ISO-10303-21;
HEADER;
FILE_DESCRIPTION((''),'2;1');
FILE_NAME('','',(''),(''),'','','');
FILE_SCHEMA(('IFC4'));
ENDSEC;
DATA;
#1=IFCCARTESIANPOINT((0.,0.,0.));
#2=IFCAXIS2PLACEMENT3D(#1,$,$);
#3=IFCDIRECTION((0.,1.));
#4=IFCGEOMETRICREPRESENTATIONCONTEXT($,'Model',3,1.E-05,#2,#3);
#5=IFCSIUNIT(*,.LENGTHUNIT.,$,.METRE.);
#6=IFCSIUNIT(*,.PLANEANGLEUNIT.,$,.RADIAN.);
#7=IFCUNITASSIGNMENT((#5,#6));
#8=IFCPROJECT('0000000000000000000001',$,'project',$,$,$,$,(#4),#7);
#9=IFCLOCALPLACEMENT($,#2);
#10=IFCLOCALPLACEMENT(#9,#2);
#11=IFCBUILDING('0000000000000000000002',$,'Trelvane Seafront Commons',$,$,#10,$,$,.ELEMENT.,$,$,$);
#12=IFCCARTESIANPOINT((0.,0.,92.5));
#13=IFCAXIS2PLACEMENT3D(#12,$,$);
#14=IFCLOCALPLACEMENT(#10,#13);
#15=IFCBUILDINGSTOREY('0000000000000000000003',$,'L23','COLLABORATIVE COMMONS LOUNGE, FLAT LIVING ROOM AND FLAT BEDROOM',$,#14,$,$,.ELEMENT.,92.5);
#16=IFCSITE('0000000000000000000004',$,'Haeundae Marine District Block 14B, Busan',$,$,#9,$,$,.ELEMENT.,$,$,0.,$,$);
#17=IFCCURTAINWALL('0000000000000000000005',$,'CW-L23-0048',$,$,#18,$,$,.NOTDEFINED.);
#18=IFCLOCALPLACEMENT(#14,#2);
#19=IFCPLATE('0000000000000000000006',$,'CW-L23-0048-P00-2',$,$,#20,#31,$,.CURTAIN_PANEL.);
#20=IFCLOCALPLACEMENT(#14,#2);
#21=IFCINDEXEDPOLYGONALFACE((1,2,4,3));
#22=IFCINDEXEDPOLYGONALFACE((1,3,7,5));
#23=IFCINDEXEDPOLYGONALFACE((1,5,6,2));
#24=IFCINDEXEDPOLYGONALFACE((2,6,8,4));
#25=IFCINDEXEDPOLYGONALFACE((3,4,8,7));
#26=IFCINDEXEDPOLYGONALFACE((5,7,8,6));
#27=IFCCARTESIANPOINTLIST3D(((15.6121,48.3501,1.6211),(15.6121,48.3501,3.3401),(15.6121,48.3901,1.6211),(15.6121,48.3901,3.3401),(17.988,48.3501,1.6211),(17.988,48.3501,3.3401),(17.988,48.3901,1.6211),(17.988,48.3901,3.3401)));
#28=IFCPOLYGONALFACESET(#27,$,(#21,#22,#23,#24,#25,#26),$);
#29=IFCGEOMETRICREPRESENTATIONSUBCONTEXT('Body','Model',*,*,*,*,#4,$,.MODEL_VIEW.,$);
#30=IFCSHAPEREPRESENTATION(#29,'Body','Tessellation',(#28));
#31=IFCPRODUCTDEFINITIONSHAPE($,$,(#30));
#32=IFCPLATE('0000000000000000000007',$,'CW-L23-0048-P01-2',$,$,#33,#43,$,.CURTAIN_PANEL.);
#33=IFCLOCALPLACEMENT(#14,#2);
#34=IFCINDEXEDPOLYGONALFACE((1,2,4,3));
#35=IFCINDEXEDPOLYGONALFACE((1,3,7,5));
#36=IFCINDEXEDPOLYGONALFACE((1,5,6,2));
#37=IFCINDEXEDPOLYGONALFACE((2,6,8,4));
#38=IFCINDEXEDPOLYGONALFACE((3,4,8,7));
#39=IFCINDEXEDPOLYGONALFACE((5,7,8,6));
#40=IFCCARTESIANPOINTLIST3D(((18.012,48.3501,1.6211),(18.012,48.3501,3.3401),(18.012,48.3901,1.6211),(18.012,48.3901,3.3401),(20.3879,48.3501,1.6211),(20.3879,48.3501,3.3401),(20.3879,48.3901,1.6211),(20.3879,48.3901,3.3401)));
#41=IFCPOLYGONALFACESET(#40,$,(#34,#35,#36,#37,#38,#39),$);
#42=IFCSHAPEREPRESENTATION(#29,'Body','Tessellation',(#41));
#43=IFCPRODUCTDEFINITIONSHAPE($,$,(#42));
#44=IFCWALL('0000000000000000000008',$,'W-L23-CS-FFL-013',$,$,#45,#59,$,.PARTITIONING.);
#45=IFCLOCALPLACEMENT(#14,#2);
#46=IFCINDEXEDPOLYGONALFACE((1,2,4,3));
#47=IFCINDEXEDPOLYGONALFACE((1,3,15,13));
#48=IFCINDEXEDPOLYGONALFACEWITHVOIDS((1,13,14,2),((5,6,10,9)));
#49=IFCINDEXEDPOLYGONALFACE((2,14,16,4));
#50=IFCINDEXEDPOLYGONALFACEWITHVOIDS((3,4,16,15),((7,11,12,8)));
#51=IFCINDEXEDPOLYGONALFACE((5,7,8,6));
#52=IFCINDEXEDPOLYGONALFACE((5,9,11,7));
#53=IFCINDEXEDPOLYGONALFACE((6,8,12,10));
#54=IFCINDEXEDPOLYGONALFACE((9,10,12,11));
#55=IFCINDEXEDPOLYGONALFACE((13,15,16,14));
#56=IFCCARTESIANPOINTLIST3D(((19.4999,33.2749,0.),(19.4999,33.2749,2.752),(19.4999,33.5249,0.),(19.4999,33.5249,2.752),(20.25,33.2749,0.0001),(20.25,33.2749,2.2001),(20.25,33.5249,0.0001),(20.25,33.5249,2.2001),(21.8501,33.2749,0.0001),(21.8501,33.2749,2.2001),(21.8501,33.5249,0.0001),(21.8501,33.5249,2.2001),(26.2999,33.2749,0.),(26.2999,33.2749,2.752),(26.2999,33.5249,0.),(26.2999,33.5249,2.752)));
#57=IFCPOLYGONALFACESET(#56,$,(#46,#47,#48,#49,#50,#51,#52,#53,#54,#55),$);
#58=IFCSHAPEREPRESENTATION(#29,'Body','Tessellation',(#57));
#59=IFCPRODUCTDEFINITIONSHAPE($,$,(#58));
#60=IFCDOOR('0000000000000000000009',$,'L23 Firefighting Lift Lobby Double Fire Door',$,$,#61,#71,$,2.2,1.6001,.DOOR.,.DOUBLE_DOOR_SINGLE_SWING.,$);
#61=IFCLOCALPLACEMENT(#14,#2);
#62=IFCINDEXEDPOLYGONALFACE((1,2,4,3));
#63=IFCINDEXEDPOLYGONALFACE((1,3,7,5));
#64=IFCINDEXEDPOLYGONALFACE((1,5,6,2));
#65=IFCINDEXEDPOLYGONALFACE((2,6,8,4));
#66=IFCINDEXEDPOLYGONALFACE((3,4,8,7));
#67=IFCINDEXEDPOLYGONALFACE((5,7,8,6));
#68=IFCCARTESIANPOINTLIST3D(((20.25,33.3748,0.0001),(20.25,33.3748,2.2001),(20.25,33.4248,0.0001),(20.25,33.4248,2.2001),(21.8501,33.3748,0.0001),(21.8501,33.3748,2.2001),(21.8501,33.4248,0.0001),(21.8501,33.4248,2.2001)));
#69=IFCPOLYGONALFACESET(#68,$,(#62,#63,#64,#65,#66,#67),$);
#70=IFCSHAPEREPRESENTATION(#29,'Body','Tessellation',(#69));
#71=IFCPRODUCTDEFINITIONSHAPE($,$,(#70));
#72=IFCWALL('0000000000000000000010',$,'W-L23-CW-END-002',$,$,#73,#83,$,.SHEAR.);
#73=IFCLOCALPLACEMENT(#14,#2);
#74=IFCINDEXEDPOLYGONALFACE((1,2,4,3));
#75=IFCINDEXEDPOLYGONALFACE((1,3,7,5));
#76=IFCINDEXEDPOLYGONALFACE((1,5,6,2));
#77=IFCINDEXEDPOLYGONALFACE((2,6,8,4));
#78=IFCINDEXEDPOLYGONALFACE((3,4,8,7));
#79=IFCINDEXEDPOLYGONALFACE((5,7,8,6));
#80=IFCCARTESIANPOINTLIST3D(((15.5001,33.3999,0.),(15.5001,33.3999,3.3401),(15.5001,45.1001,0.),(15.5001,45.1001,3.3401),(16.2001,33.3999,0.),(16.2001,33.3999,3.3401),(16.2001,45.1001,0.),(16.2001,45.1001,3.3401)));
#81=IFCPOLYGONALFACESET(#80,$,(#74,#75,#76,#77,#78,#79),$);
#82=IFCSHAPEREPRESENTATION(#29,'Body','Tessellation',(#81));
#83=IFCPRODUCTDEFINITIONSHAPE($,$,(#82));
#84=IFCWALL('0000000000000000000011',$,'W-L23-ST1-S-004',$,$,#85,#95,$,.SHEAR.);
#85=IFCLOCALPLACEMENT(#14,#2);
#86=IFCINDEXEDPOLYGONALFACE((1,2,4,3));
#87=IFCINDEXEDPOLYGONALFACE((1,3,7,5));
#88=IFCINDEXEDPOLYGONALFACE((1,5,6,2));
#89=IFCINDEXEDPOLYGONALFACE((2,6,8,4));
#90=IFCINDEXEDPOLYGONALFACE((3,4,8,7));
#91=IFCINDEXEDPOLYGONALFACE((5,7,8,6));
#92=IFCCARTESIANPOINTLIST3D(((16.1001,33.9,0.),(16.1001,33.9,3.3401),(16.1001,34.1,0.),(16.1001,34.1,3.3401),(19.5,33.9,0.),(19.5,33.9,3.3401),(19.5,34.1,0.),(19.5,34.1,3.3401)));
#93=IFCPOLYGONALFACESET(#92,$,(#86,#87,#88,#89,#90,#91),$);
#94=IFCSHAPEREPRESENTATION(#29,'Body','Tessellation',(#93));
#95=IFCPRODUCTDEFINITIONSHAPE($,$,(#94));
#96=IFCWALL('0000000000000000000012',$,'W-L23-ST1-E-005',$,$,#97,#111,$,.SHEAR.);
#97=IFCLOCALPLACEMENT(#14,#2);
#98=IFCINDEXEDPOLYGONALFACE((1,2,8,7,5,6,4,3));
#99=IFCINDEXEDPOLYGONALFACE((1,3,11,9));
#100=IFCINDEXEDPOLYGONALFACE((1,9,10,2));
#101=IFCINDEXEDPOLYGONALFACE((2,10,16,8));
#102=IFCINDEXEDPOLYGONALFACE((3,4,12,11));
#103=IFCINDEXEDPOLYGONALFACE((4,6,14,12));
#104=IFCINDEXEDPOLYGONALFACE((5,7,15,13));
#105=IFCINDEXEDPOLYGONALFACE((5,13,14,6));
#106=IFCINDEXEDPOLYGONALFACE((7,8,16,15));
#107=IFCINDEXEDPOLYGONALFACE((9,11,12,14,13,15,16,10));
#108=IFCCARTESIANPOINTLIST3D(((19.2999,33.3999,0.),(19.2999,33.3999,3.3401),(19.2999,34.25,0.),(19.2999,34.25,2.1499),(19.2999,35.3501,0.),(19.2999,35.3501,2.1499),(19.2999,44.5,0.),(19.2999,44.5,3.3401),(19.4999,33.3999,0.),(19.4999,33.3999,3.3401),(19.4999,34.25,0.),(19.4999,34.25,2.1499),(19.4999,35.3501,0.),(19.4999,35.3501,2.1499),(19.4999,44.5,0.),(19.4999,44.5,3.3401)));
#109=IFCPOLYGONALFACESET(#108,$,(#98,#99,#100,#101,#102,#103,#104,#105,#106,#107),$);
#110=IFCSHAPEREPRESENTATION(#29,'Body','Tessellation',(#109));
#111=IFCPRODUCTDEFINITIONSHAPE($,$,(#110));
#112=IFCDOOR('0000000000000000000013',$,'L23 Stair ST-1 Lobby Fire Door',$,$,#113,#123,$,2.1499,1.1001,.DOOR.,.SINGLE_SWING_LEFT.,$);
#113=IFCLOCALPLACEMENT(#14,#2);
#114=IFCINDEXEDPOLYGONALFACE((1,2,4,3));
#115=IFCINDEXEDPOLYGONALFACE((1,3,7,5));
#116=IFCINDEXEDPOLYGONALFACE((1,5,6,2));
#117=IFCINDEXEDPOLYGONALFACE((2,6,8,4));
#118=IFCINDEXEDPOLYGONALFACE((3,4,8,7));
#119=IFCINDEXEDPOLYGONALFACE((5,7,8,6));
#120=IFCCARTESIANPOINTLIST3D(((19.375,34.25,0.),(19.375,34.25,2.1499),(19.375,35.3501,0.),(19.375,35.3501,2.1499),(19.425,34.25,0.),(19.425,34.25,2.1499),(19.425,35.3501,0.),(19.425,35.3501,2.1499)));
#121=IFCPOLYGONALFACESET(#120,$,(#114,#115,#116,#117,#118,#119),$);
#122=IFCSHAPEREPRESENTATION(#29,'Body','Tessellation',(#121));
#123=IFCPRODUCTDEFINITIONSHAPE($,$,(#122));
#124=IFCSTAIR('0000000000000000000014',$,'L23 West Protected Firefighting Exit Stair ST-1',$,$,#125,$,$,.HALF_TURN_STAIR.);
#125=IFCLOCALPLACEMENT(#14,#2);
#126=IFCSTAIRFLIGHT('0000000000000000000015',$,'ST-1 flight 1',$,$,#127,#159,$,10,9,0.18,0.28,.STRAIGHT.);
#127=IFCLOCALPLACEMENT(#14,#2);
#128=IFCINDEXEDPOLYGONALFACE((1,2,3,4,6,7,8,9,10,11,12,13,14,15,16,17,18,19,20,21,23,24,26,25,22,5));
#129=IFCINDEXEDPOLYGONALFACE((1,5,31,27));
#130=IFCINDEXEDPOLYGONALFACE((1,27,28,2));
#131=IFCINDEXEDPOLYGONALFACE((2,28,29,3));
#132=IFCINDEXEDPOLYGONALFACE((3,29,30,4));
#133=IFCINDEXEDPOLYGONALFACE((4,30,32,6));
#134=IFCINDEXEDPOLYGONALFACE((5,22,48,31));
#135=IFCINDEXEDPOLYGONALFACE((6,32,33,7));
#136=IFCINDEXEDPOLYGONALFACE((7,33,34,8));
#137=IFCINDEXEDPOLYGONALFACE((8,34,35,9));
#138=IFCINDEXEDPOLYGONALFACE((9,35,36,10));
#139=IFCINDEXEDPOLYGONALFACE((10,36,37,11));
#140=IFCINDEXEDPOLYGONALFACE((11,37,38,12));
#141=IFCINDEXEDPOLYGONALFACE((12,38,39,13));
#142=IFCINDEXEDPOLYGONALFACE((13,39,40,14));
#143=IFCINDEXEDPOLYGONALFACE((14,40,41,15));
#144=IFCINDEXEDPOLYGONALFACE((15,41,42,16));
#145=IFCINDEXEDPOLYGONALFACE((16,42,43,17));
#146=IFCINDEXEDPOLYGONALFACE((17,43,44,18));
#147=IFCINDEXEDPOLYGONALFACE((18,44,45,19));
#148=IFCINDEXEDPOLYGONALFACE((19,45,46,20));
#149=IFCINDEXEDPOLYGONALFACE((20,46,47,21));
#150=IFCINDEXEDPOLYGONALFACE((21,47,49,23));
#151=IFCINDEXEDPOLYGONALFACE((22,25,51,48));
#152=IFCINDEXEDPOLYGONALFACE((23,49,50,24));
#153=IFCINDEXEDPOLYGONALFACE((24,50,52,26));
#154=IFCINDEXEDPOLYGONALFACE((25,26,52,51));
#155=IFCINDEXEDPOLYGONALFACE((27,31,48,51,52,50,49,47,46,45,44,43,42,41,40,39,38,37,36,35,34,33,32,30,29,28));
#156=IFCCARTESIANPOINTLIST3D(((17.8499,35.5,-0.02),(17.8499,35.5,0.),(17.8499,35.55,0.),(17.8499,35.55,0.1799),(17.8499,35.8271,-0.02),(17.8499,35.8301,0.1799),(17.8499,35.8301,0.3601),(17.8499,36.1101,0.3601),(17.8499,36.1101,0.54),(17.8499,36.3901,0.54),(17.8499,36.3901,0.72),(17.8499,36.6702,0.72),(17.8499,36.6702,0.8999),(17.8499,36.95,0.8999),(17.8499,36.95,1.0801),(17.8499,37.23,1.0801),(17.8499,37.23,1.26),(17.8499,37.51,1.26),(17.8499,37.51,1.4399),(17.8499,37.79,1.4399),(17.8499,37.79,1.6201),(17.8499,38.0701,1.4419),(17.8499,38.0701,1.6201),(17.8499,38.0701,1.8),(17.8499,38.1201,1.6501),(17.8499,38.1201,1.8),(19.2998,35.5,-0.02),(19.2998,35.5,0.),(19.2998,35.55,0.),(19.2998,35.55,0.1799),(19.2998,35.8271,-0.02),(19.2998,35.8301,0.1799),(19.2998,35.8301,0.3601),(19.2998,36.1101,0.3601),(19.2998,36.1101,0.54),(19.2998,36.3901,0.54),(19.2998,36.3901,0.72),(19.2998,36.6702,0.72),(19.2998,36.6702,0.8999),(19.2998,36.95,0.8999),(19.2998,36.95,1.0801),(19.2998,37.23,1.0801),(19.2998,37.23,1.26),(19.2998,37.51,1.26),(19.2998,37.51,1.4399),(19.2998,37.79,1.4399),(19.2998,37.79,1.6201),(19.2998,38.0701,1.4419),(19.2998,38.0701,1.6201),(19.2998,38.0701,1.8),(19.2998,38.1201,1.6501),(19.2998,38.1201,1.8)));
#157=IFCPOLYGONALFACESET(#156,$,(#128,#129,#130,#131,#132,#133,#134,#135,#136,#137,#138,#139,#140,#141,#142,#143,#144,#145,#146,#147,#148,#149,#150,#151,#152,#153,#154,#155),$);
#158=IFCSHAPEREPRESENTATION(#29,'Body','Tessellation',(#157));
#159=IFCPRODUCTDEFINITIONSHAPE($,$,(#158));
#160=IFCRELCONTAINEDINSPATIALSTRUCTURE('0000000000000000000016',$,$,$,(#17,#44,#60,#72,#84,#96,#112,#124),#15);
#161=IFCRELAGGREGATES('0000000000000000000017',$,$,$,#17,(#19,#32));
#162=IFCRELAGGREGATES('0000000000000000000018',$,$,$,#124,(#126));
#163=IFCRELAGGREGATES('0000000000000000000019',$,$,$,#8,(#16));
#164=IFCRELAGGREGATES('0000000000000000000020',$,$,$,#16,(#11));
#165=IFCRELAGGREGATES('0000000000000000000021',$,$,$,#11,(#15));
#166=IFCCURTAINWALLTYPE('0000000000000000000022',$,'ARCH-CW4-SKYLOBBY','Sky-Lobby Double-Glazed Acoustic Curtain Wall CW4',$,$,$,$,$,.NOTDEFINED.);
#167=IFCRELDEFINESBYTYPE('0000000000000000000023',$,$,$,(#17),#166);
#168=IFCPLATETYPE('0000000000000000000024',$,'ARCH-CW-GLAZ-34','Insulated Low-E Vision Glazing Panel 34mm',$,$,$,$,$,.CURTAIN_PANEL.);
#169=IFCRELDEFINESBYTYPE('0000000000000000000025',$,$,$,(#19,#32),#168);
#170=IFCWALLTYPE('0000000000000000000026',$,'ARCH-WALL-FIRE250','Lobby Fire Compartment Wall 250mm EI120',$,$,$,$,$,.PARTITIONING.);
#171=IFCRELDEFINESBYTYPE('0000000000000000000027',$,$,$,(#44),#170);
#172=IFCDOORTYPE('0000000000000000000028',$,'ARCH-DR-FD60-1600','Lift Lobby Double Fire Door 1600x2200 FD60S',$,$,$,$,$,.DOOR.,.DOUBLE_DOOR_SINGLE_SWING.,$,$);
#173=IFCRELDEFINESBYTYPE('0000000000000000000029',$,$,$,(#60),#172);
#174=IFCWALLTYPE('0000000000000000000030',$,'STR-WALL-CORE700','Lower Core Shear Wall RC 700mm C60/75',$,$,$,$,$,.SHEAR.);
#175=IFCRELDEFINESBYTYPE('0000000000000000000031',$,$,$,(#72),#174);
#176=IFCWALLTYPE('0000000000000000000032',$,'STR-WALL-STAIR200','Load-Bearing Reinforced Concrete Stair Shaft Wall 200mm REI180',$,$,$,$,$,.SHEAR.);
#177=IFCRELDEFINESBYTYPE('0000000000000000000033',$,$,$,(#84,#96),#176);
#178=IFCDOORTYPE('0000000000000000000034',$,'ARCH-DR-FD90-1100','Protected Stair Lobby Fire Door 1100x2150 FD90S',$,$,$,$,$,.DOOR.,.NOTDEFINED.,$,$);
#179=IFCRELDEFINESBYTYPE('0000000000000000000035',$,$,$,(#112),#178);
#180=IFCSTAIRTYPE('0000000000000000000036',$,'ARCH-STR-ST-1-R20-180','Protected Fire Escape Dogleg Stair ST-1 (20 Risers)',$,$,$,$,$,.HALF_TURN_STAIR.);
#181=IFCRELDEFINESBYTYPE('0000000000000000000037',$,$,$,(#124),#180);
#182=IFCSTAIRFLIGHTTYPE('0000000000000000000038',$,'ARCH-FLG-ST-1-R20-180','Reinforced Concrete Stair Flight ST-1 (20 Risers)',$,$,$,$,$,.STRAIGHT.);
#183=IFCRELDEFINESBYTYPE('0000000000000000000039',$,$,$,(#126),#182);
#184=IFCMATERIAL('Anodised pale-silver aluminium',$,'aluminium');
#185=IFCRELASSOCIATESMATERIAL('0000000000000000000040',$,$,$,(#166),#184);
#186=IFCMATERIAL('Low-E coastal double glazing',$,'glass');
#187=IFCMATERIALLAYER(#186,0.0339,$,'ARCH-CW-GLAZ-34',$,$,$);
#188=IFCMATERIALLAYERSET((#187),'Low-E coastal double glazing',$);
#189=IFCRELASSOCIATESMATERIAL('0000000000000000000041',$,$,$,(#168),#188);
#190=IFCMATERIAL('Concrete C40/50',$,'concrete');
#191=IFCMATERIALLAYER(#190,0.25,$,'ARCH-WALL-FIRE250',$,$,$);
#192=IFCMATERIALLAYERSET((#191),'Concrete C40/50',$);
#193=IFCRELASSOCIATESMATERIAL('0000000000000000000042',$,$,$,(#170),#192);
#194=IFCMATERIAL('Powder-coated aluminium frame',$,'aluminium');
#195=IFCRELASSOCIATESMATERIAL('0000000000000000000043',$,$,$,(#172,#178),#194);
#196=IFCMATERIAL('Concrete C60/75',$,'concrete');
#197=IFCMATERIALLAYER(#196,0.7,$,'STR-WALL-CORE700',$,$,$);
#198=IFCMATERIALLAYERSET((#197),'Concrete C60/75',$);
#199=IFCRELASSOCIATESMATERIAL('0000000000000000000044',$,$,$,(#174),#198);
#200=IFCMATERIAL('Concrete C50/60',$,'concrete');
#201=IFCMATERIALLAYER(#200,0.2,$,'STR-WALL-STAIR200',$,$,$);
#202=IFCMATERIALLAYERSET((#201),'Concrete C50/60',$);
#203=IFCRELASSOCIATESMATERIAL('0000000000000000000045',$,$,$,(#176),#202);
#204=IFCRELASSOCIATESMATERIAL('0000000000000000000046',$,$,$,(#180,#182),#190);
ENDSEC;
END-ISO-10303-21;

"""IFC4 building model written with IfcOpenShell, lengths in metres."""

from ifc_helpers import new_model, si_unit, direction, frame, frame_2d, origin, origin_2d, place, context, subcontext, project, spatial, polyline, rectangle, outline, extrude, source, transform, mapped, material, layer, layer_set, type_object, element, fill, aggregate, save


model = new_model("IFC4")

# Units and contexts
model_context = context("Model", 3, precision=1e-05, world=origin(), true_north=direction((0.0, 1.0)))
body_context = subcontext(model_context, "Body", "Model", "MODEL_VIEW")
ifc_project = project(units=[si_unit("LENGTHUNIT", "METRE"), si_unit("PLANEANGLEUNIT", "RADIAN")], contexts=[model_context])

# Site, building, storey
site_placement = place(None, origin())
site = spatial("IfcSite", under=ifc_project, at=site_placement, Name="Haeundae Marine District Block 14B, Busan", CompositionType="ELEMENT", RefElevation=0.0)
building_placement = place(site_placement, origin())
building = spatial("IfcBuilding", under=site, at=building_placement, Name="Trelvane Seafront Commons", CompositionType="ELEMENT")
storey_placement = place(building_placement, frame((0.0, 0.0, 92.5)))
storey = spatial("IfcBuildingStorey", under=building, at=storey_placement, Name="L23", Description="COLLABORATIVE COMMONS LOUNGE, FLAT LIVING ROOM AND FLAT BEDROOM", CompositionType="ELEMENT", Elevation=92.5)

# Shared definitions
ifc_material_1 = material(Name="Concrete C60/75", Category="concrete")

# Curtain wall
ifc_material_2 = material(Name="Anodised pale-silver aluminium", Category="aluminium")
curtain_wall_type = type_object("IfcCurtainWallType", Name="ARCH-CW4-SKYLOBBY", Description="Sky-Lobby Double-Glazed Acoustic Curtain Wall CW4", PredefinedType="NOTDEFINED", material=ifc_material_2)
curtain_wall_placement = place(storey_placement, origin())
curtain_wall = element("IfcCurtainWall", 1, at=curtain_wall_placement, inside=storey, type_object=curtain_wall_type, Name="CW-L23-0048", PredefinedType="NOTDEFINED")

# Plates
ifc_material_3 = material(Name="Low-E coastal double glazing", Category="glass")
ifc_layer_1 = layer(ifc_material_3, 0.0339, Name="ARCH-CW-GLAZ-34")
ifc_layer_set_1 = layer_set([ifc_layer_1], Name="Low-E coastal double glazing")
plate_type_1 = type_object("IfcPlateType", Name="ARCH-CW-GLAZ-34", Description="Insulated Low-E Vision Glazing Panel 34mm", PredefinedType="CURTAIN_PANEL", material=ifc_layer_set_1)
shared_shape_1 = source(origin(), body_context, "Body", "SweptSolid", [
    extrude(rectangle(XDim=2.376, YDim=0.04, at=origin_2d()), origin(), (0.0, 0.0, 1.0), 1.719),
])
plate_1_placement = place(storey_placement, frame((16.8, 48.3701, 1.6211), z_axis=(0.0, 0.0, 1.0), x_axis=(1.0, 0.0, 0.0)))
plate_1 = element("IfcPlate", 2, at=plate_1_placement, type_object=plate_type_1, Name="CW-L23-0048-P00-2", PredefinedType="CURTAIN_PANEL", context=body_context, shape_type="MappedRepresentation", body=[
    mapped(shared_shape_1, transform((0.0, 0.0, 0.0), x_axis=(1.0, 0.0, 0.0), y_axis=(0.0, 1.0, 0.0), z_axis=(0.0, 0.0, 1.0), scale=1.0)),
])
plate_2_placement = place(storey_placement, frame((19.2, 48.3701, 1.6211), z_axis=(0.0, 0.0, 1.0), x_axis=(1.0, 0.0, 0.0)))
plate_2 = element("IfcPlate", 3, at=plate_2_placement, type_object=plate_type_1, Name="CW-L23-0048-P01-2", PredefinedType="CURTAIN_PANEL", context=body_context, shape_type="MappedRepresentation", body=[
    mapped(shared_shape_1, transform((0.0, 0.0, 0.0), x_axis=(1.0, 0.0, 0.0), y_axis=(0.0, 1.0, 0.0), z_axis=(0.0, 0.0, 1.0), scale=1.0)),
])
aggregate(curtain_wall, [plate_1, plate_2])

# Wall, opening, door
ifc_material_4 = material(Name="Concrete C40/50", Category="concrete")
ifc_layer_2 = layer(ifc_material_4, 0.25, Name="ARCH-WALL-FIRE250")
ifc_layer_set_2 = layer_set([ifc_layer_2], Name="Concrete C40/50")
wall_type_1 = type_object("IfcWallType", Name="ARCH-WALL-FIRE250", Description="Lobby Fire Compartment Wall 250mm EI120", PredefinedType="PARTITIONING", material=ifc_layer_set_2)
wall_1_placement = place(storey_placement, frame((19.5, 33.3999, 0.0), z_axis=(0.0, 0.0, 1.0), x_axis=(1.0, 0.0, 0.0)))
wall_1 = element("IfcWall", 4, at=wall_1_placement, inside=storey, type_object=wall_type_1, Name="W-L23-CS-FFL-013", PredefinedType="PARTITIONING", context=body_context, shape_type="SweptSolid", body=[
    extrude(rectangle(XDim=6.8, YDim=0.25, at=frame_2d((3.3999, 0.0))), origin(), (0.0, 0.0, 1.0), 2.752),
])
opening_1_placement = place(wall_1_placement, frame((0.75, 0.0, 0.0)))
opening_1 = element("IfcOpeningElement", 5, at=opening_1_placement, cuts=wall_1, PredefinedType="OPENING", context=body_context, shape_type="SweptSolid", body=[
    extrude(rectangle(XDim=1.6001, YDim=2.2, at=frame_2d((0.8, 1.1001))), frame((0.0, 0.135, 0.0), z_axis=(0.0, -1.0, 0.0), x_axis=(1.0, 0.0, 0.0)), (0.0, 0.0, 1.0), 0.27),
])
ifc_material_5 = material(Name="Powder-coated aluminium frame", Category="aluminium")
door_type_1 = type_object("IfcDoorType", Name="ARCH-DR-FD60-1600", Description="Lift Lobby Double Fire Door 1600x2200 FD60S", OperationType="DOUBLE_DOOR_SINGLE_SWING", PredefinedType="DOOR", material=ifc_material_5)
shared_shape_2 = source(origin(), body_context, "Body", "SweptSolid", [
    extrude(rectangle(XDim=1.6001, YDim=2.2, at=frame_2d((0.8, 1.1001))), frame((0.0, 0.0249, 0.0), z_axis=(0.0, -1.0, 0.0), x_axis=(1.0, 0.0, 0.0)), (0.0, 0.0, 1.0), 0.05),
])
door_1_placement = place(opening_1_placement, origin())
door_1 = element("IfcDoor", 6, at=door_1_placement, inside=storey, type_object=door_type_1, Name="L23 Firefighting Lift Lobby Double Fire Door", OperationType="DOUBLE_DOOR_SINGLE_SWING", OverallHeight=2.2, OverallWidth=1.6001, PredefinedType="DOOR", context=body_context, shape_type="MappedRepresentation", body=[
    mapped(shared_shape_2, transform((0.0, 0.0, 0.0), x_axis=(1.0, 0.0, 0.0), y_axis=(0.0, 1.0, 0.0), z_axis=(0.0, 0.0, 1.0), scale=1.0)),
])
fill(opening_1, door_1)

# Shared definitions
shared_shape_3 = source(origin(), body_context, "Body", "SweptSolid", [
    extrude(rectangle(XDim=1.1001, YDim=2.1499, at=frame_2d((0.55, 1.075))), frame((0.0, 0.0249, 0.0), z_axis=(0.0, -1.0, 0.0), x_axis=(1.0, 0.0, 0.0)), (0.0, 0.0, 1.0), 0.05),
])

# Walls
ifc_layer_3 = layer(ifc_material_1, 0.7, Name="STR-WALL-CORE700")
ifc_layer_set_3 = layer_set([ifc_layer_3], Name="Concrete C60/75")
wall_type_2 = type_object("IfcWallType", Name="STR-WALL-CORE700", Description="Lower Core Shear Wall RC 700mm C60/75", PredefinedType="SHEAR", material=ifc_layer_set_3)
wall_2_placement = place(storey_placement, frame((15.8501, 33.3999, 0.0), z_axis=(0.0, 0.0, 1.0), x_axis=(0.0, 1.0, 0.0)))
element("IfcWall", 7, at=wall_2_placement, inside=storey, type_object=wall_type_2, Name="W-L23-CW-END-002", PredefinedType="SHEAR", context=body_context, shape_type="SweptSolid", body=[
    extrude(rectangle(XDim=11.7002, YDim=0.7, at=frame_2d((5.8501, 0.0))), origin(), (0.0, 0.0, 1.0), 3.3401),
])
ifc_material_6 = material(Name="Concrete C50/60", Category="concrete")
ifc_layer_4 = layer(ifc_material_6, 0.2, Name="STR-WALL-STAIR200")
ifc_layer_set_4 = layer_set([ifc_layer_4], Name="Concrete C50/60")
wall_type_3 = type_object("IfcWallType", Name="STR-WALL-STAIR200", Description="Load-Bearing Reinforced Concrete Stair Shaft Wall 200mm REI180", PredefinedType="SHEAR", material=ifc_layer_set_4)
wall_3_placement = place(storey_placement, frame((16.1001, 34.0, 0.0), z_axis=(0.0, 0.0, 1.0), x_axis=(1.0, 0.0, 0.0)))
element("IfcWall", 8, at=wall_3_placement, inside=storey, type_object=wall_type_3, Name="W-L23-ST1-S-004", PredefinedType="SHEAR", context=body_context, shape_type="SweptSolid", body=[
    extrude(rectangle(XDim=3.3999, YDim=0.2, at=frame_2d((1.7, 0.0))), origin(), (0.0, 0.0, 1.0), 3.3401),
])

# Wall, opening, door
wall_4_placement = place(storey_placement, frame((19.3999, 33.3999, 0.0), z_axis=(0.0, 0.0, 1.0), x_axis=(0.0, 1.0, 0.0)))
wall_4 = element("IfcWall", 9, at=wall_4_placement, inside=storey, type_object=wall_type_3, Name="W-L23-ST1-E-005", PredefinedType="SHEAR", context=body_context, shape_type="SweptSolid", body=[
    extrude(rectangle(XDim=11.1001, YDim=0.2, at=frame_2d((5.55, 0.0))), origin(), (0.0, 0.0, 1.0), 3.3401),
])
opening_2_placement = place(wall_4_placement, frame((0.8501, 0.0, 0.0)))
opening_2 = element("IfcOpeningElement", 10, at=opening_2_placement, cuts=wall_4, PredefinedType="OPENING", context=body_context, shape_type="SweptSolid", body=[
    extrude(rectangle(XDim=1.1001, YDim=2.1499, at=frame_2d((0.55, 1.075))), frame((0.0, 0.1099, 0.0), z_axis=(0.0, -1.0, 0.0), x_axis=(1.0, 0.0, 0.0)), (0.0, 0.0, 1.0), 0.22),
])
door_type_2 = type_object("IfcDoorType", Name="ARCH-DR-FD90-1100", Description="Protected Stair Lobby Fire Door 1100x2150 FD90S", OperationType="NOTDEFINED", PredefinedType="DOOR", material=ifc_material_5)
door_2_placement = place(opening_2_placement, origin())
door_2 = element("IfcDoor", 11, at=door_2_placement, inside=storey, type_object=door_type_2, Name="L23 Stair ST-1 Lobby Fire Door", OperationType="SINGLE_SWING_LEFT", OverallHeight=2.1499, OverallWidth=1.1001, PredefinedType="DOOR", context=body_context, shape_type="MappedRepresentation", body=[
    mapped(shared_shape_3, transform((0.0, 0.0, 0.0), x_axis=(1.0, 0.0, 0.0), y_axis=(0.0, 1.0, 0.0), z_axis=(0.0, 0.0, 1.0), scale=1.0)),
])
fill(opening_2, door_2)

# Stair, stair flight
stair_type = type_object("IfcStairType", Name="ARCH-STR-ST-1-R20-180", Description="Protected Fire Escape Dogleg Stair ST-1 (20 Risers)", PredefinedType="HALF_TURN_STAIR", material=ifc_material_4)
stair_placement = place(storey_placement, origin())
stair = element("IfcStair", 12, at=stair_placement, inside=storey, type_object=stair_type, Name="L23 West Protected Firefighting Exit Stair ST-1", PredefinedType="HALF_TURN_STAIR")
stair_flight_type = type_object("IfcStairFlightType", Name="ARCH-FLG-ST-1-R20-180", Description="Reinforced Concrete Stair Flight ST-1 (20 Risers)", PredefinedType="STRAIGHT", material=ifc_material_4)
shared_shape_4 = source(origin(), body_context, "Body", "SweptSolid", [
    extrude(outline(polyline([(-0.05, -0.02), (-0.05, 0.0), (0.0, 0.0), (0.0, 0.1799), (0.28, 0.1799), (0.28, 0.3601), (0.5601, 0.3601), (0.5601, 0.54), (0.8401, 0.54), (0.8401, 0.72), (1.1201, 0.72), (1.1201, 0.8999), (1.3999, 0.8999), (1.3999, 1.0801), (1.6799, 1.0801), (1.6799, 1.26), (1.96, 1.26), (1.96, 1.4399), (2.24, 1.4399), (2.24, 1.6201), (2.52, 1.6201), (2.52, 1.8), (2.5701, 1.8), (2.5701, 1.6501), (2.52, 1.4419), (0.2771, -0.02), (-0.05, -0.02)])), frame((0.0, 0.7251, 0.0), z_axis=(0.0, -1.0, 0.0), x_axis=(1.0, 0.0, 0.0)), (0.0, 0.0, 1.0), 1.45),
])
stair_flight_1_placement = place(storey_placement, frame((18.575, 35.55, 0.0), z_axis=(0.0, 0.0, 1.0), x_axis=(0.0, 1.0, 0.0)))
stair_flight_1 = element("IfcStairFlight", 13, at=stair_flight_1_placement, type_object=stair_flight_type, Name="ST-1 flight 1", NumberOfRisers=10, NumberOfTreads=9, PredefinedType="STRAIGHT", RiserHeight=0.18, TreadLength=0.28, context=body_context, shape_type="MappedRepresentation", body=[
    mapped(shared_shape_4, transform((0.0, 0.0, 0.0), x_axis=(1.0, 0.0, 0.0), y_axis=(0.0, 1.0, 0.0), z_axis=(0.0, 0.0, 1.0), scale=1.0)),
])
aggregate(stair, [stair_flight_1])

save(model, "model.ifc")
